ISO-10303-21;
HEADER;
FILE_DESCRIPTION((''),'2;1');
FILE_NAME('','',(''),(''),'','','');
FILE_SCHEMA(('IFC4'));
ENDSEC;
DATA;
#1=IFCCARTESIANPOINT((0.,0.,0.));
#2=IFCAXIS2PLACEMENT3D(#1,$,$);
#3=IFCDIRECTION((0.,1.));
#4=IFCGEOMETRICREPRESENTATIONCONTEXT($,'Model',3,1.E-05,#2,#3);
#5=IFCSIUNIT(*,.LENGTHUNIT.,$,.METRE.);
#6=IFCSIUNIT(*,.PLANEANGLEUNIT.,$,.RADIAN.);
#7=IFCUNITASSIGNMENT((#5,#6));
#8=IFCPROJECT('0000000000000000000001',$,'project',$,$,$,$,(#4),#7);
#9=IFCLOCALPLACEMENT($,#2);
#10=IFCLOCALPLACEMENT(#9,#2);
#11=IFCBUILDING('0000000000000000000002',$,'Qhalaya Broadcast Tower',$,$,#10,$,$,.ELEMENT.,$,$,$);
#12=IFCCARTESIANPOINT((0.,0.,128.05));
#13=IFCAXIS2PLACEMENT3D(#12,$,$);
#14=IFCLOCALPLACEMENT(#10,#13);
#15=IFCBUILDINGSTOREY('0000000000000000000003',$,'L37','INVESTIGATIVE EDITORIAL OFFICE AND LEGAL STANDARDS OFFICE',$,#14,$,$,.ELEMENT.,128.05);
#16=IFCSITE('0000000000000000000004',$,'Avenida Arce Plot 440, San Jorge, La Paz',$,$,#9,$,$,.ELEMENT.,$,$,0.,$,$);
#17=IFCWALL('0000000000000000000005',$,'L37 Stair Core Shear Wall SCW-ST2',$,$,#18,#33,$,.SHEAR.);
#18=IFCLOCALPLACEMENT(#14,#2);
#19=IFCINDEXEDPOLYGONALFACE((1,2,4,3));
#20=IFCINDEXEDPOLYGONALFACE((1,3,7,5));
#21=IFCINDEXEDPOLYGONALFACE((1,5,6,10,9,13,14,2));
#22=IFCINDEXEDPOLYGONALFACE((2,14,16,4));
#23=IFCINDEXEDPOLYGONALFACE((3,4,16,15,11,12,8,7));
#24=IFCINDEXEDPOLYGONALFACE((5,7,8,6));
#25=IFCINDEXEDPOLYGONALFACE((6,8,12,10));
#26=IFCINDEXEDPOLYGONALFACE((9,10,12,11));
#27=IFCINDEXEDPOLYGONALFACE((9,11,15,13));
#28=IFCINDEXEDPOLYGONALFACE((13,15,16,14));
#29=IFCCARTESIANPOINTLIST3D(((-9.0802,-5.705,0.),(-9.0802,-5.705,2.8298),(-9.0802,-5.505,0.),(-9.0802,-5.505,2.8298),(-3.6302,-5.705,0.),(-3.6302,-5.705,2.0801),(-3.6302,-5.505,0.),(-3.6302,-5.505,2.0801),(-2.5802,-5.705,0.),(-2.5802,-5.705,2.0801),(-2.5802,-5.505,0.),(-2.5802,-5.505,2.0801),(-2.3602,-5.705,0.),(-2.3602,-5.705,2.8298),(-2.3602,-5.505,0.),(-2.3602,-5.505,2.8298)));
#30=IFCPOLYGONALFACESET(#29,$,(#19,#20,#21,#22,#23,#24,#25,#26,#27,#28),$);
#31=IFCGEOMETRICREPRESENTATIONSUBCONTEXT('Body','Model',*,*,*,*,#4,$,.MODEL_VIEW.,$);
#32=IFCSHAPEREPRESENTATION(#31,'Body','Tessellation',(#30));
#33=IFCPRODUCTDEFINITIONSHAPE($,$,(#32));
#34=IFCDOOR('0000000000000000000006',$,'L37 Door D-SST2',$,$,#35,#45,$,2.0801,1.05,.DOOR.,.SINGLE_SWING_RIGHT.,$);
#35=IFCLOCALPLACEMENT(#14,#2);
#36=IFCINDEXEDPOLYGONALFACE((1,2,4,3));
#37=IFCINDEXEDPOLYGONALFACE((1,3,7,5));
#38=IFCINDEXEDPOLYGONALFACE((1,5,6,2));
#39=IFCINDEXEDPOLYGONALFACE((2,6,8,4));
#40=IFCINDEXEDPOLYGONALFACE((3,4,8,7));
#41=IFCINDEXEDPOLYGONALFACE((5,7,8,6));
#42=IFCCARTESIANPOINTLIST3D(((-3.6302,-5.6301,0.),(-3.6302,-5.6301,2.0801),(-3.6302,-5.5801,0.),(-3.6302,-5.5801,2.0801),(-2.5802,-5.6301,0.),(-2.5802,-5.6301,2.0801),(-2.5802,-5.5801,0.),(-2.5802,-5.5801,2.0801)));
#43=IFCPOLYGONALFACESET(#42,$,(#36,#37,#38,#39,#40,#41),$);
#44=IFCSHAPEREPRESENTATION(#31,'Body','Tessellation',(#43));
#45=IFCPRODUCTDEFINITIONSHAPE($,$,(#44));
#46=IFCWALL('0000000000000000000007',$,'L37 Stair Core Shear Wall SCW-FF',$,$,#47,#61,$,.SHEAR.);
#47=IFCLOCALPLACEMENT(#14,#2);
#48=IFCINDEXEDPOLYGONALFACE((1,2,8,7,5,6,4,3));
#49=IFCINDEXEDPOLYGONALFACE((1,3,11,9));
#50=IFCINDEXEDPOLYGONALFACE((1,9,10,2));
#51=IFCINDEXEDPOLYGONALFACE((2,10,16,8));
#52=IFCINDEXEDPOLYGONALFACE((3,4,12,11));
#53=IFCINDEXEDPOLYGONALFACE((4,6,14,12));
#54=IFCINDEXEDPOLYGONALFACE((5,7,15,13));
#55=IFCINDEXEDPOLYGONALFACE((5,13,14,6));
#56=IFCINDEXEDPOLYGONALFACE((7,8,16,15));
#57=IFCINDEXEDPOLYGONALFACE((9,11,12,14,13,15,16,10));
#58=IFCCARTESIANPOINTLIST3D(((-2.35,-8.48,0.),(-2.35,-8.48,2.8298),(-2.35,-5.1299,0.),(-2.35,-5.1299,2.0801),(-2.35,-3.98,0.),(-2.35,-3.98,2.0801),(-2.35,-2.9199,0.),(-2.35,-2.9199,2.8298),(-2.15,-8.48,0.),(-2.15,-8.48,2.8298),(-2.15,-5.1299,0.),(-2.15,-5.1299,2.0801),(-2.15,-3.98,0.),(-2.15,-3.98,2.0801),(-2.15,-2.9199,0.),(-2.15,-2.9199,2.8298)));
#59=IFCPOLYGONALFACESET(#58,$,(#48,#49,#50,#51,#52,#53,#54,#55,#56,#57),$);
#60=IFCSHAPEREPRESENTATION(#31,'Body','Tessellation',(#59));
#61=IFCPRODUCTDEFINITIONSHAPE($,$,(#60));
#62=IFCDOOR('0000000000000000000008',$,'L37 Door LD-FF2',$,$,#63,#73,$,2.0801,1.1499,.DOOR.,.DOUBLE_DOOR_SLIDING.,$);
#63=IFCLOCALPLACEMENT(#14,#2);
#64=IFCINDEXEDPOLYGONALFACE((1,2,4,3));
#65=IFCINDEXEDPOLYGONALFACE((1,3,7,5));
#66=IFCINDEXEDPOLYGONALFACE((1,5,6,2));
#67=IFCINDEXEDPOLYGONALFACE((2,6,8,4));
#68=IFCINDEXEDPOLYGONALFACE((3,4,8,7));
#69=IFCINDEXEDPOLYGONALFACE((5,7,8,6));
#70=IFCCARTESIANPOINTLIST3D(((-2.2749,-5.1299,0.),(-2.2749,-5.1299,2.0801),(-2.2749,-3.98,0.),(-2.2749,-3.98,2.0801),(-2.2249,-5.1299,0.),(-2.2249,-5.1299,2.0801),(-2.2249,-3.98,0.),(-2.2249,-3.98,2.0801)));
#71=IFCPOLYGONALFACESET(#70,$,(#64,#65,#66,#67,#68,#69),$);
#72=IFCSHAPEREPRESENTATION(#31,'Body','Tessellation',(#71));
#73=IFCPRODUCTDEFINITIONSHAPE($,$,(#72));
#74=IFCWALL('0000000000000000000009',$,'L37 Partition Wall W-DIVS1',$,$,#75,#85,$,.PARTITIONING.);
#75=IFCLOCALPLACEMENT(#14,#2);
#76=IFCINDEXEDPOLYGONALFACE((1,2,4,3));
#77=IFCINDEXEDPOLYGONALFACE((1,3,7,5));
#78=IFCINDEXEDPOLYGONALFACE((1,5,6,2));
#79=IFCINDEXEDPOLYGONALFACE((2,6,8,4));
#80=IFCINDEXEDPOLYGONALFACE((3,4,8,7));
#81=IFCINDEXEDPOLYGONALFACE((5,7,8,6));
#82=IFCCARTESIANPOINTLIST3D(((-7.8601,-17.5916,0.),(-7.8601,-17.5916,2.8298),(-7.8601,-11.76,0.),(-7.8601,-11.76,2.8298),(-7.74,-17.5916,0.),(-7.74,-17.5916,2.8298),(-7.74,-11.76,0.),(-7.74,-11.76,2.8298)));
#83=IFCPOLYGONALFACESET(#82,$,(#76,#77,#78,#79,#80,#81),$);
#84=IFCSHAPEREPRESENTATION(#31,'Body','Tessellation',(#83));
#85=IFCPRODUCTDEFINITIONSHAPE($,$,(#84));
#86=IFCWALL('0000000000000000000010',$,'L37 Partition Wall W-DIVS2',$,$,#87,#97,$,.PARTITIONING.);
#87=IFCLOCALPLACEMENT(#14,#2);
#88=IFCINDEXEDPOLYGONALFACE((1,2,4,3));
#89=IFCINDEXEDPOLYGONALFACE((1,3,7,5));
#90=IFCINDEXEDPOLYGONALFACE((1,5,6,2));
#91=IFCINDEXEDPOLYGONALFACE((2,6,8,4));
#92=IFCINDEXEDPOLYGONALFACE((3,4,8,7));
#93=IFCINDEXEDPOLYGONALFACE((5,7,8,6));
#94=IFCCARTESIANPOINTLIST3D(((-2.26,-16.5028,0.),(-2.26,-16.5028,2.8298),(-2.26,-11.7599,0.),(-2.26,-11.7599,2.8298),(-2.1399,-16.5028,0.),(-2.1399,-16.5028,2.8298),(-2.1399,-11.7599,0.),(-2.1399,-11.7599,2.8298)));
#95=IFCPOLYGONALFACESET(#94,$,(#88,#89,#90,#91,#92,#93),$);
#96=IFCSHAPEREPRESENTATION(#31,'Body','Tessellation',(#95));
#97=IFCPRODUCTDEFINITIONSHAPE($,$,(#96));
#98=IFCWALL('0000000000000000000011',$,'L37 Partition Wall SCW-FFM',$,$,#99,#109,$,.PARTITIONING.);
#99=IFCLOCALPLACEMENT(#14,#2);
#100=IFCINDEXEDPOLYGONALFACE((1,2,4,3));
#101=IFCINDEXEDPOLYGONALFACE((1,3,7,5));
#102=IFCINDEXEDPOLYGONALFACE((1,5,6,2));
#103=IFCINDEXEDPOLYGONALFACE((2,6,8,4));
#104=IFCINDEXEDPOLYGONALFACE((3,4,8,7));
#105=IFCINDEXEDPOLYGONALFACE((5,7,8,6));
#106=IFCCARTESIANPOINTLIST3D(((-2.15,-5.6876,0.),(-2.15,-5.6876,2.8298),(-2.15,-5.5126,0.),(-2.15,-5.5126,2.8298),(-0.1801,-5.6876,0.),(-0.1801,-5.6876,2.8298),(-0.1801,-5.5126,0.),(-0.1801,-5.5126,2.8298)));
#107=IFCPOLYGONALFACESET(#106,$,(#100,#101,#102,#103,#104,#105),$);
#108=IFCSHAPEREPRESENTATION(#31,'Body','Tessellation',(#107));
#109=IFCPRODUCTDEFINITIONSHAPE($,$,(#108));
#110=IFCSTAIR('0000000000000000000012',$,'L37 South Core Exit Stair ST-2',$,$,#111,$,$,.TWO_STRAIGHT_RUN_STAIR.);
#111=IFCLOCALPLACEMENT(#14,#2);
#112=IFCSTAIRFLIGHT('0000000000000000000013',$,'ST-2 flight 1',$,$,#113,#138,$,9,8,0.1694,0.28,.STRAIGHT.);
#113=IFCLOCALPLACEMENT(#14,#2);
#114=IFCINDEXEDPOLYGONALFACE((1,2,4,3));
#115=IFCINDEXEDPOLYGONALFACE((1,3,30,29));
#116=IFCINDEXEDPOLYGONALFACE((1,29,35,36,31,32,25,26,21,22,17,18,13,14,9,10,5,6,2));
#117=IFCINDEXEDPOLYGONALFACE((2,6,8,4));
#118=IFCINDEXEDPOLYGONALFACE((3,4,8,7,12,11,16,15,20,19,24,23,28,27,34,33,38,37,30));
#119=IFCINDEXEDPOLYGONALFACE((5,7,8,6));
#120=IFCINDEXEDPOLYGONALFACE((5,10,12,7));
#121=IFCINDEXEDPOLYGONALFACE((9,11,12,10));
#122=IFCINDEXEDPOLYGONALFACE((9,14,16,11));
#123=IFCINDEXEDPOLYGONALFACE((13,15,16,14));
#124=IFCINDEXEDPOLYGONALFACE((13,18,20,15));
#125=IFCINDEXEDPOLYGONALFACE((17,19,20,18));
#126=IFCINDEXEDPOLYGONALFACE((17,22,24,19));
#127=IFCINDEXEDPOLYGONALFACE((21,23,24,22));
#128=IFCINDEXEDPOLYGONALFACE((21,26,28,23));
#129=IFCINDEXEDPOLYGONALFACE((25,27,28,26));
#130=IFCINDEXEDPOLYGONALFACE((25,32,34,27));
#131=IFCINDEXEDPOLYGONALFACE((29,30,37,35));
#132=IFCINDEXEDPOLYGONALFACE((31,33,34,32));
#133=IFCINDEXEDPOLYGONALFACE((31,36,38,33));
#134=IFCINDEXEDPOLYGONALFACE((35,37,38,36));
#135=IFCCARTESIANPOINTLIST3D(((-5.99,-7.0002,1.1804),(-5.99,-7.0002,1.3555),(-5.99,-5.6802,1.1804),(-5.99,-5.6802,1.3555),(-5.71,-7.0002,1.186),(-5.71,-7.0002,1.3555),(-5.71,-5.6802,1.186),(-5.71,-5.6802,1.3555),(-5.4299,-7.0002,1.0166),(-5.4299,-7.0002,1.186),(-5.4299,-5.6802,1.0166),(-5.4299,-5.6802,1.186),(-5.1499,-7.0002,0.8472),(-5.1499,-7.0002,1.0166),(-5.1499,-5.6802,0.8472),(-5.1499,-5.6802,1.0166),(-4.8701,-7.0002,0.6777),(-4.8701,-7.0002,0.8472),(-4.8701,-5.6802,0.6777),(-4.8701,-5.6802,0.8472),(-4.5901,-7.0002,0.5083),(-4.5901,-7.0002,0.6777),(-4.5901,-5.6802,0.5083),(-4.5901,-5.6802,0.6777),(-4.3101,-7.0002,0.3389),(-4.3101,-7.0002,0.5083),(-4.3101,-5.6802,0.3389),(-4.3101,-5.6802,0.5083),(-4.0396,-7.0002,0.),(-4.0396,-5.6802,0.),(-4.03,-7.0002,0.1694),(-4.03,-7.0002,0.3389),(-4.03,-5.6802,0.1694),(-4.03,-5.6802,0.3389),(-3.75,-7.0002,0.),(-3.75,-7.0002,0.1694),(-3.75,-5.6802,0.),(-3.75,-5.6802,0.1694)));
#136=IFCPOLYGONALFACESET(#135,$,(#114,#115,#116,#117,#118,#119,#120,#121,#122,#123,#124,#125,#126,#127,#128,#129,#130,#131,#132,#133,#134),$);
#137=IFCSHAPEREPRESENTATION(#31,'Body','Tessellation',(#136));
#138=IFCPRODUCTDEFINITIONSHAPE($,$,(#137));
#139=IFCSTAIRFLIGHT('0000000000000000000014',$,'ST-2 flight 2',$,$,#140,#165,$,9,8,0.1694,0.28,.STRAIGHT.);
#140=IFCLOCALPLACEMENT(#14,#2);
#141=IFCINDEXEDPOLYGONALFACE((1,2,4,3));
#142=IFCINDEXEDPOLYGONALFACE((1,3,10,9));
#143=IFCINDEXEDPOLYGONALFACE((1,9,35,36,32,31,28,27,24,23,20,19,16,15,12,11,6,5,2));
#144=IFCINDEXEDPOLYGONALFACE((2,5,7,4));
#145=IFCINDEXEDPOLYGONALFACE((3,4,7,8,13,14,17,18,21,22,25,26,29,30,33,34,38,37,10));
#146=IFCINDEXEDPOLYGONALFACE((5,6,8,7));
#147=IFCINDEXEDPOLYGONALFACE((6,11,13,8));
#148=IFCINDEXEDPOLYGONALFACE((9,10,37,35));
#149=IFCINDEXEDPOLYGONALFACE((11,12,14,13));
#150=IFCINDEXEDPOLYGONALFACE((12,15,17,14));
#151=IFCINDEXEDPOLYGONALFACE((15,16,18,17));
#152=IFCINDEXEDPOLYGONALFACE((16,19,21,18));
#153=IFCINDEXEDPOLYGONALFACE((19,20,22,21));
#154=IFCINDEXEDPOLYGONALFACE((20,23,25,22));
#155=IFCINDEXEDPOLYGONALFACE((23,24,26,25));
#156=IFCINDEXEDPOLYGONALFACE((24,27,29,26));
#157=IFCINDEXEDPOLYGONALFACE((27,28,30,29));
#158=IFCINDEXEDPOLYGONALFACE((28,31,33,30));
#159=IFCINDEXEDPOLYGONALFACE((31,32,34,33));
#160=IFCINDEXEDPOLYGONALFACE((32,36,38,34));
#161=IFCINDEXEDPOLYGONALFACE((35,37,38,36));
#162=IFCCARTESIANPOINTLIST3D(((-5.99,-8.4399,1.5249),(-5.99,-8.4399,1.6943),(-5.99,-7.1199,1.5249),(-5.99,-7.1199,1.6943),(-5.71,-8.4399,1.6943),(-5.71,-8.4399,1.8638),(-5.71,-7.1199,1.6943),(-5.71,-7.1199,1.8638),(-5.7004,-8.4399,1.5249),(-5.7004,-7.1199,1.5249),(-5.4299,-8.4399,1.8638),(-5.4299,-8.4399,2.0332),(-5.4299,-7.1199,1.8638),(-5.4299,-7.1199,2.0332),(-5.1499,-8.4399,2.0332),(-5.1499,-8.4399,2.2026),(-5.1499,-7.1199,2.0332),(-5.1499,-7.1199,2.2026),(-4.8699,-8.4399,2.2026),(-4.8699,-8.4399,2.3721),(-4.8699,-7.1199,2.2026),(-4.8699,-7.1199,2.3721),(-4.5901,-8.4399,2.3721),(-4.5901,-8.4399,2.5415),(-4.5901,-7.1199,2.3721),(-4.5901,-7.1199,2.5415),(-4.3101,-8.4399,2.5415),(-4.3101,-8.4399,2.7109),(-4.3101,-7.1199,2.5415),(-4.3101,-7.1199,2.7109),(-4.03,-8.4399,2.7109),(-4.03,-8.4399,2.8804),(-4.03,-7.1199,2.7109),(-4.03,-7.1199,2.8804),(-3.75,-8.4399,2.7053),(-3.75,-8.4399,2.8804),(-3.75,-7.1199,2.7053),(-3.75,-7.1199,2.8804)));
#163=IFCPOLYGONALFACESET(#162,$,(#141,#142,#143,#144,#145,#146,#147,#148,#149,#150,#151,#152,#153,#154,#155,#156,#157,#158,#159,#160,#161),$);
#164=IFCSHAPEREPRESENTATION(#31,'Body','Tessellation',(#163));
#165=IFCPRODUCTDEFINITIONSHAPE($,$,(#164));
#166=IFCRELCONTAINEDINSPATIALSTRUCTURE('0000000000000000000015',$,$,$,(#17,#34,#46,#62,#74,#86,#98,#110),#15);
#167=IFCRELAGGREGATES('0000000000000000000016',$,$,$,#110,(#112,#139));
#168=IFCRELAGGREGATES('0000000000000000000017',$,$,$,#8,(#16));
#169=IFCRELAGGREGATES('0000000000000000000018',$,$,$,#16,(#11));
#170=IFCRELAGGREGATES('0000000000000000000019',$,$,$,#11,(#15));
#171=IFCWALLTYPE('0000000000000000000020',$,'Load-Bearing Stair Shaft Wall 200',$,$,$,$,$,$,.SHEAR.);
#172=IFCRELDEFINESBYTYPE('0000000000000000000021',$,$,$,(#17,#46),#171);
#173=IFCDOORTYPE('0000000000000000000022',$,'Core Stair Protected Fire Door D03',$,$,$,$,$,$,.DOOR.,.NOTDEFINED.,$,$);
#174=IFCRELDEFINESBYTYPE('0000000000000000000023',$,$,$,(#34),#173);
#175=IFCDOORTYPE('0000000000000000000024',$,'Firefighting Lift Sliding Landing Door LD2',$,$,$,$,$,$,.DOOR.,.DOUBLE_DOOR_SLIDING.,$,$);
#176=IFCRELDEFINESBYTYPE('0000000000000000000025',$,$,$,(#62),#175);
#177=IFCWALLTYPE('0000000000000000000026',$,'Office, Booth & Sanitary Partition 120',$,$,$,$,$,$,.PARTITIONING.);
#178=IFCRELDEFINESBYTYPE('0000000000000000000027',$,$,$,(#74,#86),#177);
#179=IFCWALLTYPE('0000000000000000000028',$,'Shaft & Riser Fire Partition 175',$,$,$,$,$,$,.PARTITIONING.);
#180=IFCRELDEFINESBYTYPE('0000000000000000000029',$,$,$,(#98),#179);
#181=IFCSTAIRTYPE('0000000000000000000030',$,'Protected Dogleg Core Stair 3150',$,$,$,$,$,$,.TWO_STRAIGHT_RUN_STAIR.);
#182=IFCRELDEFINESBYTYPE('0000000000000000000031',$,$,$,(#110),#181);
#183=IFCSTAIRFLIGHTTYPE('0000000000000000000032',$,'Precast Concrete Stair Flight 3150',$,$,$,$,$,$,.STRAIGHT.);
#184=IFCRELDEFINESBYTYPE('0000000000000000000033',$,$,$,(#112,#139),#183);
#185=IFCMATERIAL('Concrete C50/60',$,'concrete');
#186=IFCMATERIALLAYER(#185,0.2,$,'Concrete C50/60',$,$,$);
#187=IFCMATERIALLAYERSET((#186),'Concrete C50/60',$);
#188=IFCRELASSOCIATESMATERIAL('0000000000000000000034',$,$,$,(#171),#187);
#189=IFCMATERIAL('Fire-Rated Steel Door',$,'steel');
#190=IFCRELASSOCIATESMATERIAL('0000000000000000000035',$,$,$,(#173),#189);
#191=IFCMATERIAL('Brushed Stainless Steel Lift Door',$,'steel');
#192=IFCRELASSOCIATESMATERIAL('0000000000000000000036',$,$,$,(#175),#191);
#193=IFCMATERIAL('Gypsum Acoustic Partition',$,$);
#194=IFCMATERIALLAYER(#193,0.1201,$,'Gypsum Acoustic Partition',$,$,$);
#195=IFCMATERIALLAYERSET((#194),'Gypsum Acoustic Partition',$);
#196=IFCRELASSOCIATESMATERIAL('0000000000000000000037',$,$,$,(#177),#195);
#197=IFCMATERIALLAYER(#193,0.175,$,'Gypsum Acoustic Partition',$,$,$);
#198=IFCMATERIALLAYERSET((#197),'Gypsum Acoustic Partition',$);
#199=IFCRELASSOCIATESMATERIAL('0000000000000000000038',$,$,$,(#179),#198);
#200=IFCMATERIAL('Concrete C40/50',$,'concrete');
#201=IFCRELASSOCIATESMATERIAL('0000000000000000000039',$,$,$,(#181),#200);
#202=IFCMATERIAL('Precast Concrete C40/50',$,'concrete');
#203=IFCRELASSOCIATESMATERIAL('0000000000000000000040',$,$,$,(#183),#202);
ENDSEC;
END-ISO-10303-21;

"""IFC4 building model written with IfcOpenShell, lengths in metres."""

from ifc_helpers import new_model, si_unit, direction, frame, frame_2d, origin, place, context, subcontext, project, spatial, polyline, rectangle, outline, extrude, material, layer, layer_set, type_object, element, fill, aggregate, save


model = new_model("IFC4")

# Units and contexts
model_context = context("Model", 3, precision=1e-05, world=origin(), true_north=direction((0.0, 1.0)))
body_context = subcontext(model_context, "Body", "Model", "MODEL_VIEW")
ifc_project = project(units=[si_unit("LENGTHUNIT", "METRE"), si_unit("PLANEANGLEUNIT", "RADIAN")], contexts=[model_context])

# Site, building, storey
site_placement = place(None, origin())
site = spatial("IfcSite", under=ifc_project, at=site_placement, Name="Avenida Arce Plot 440, San Jorge, La Paz", CompositionType="ELEMENT", RefElevation=0.0)
building_placement = place(site_placement, origin())
building = spatial("IfcBuilding", under=site, at=building_placement, Name="Qhalaya Broadcast Tower", CompositionType="ELEMENT")
storey_placement = place(building_placement, frame((0.0, 0.0, 128.05)))
storey = spatial("IfcBuildingStorey", under=building, at=storey_placement, Name="L37", Description="INVESTIGATIVE EDITORIAL OFFICE AND LEGAL STANDARDS OFFICE", CompositionType="ELEMENT", Elevation=128.05)

# Shared definitions
ifc_material_1 = material(Name="Concrete C50/60", Category="concrete")

# Shared definitions
ifc_material_2 = material(Name="Gypsum Acoustic Partition")

# Shared definitions
ifc_material_3 = material(Name="Precast Concrete C40/50", Category="concrete")

# Walls, openings, doors
ifc_layer_1 = layer(ifc_material_1, 0.2, Name="Concrete C50/60")
ifc_layer_set_1 = layer_set([ifc_layer_1], Name="Concrete C50/60")
wall_type_1 = type_object("IfcWallType", Name="Load-Bearing Stair Shaft Wall 200", PredefinedType="SHEAR", material=ifc_layer_set_1)
wall_1_placement = place(storey_placement, frame((-9.0801, -5.605, 0.0), z_axis=(0.0, 0.0, 1.0), x_axis=(1.0, 0.0, 0.0)))
wall_1 = element("IfcWall", 1, at=wall_1_placement, inside=storey, type_object=wall_type_1, Name="L37 Stair Core Shear Wall SCW-ST2", PredefinedType="SHEAR", context=body_context, shape_type="SweptSolid", body=[
    extrude(rectangle(XDim=6.72, YDim=0.2, at=frame_2d((3.3599, 0.0))), origin(), (0.0, 0.0, 1.0), 2.8298),
])
opening_1_placement = place(wall_1_placement, frame((5.45, 0.0, 0.0)))
opening_1 = element("IfcOpeningElement", 2, at=opening_1_placement, cuts=wall_1, PredefinedType="OPENING", context=body_context, shape_type="SweptSolid", body=[
    extrude(rectangle(XDim=1.05, YDim=2.0801, at=frame_2d((0.5249, 1.04))), frame((0.0, 0.1121, 0.0), z_axis=(0.0, -1.0, 0.0), x_axis=(1.0, 0.0, 0.0)), (0.0, 0.0, 1.0), 0.2239),
])
ifc_material_4 = material(Name="Fire-Rated Steel Door", Category="steel")
door_type_1 = type_object("IfcDoorType", Name="Core Stair Protected Fire Door D03", OperationType="NOTDEFINED", PredefinedType="DOOR", material=ifc_material_4)
door_1_placement = place(opening_1_placement, origin())
door_1 = element("IfcDoor", 3, at=door_1_placement, inside=storey, type_object=door_type_1, Name="L37 Door D-SST2", OperationType="SINGLE_SWING_RIGHT", OverallHeight=2.0801, OverallWidth=1.05, PredefinedType="DOOR", context=body_context, shape_type="SweptSolid", body=[
    extrude(rectangle(XDim=1.05, YDim=2.0801, at=frame_2d((0.5249, 1.04))), frame((0.0, 0.0249, 0.0), z_axis=(0.0, -1.0, 0.0), x_axis=(1.0, 0.0, 0.0)), (0.0, 0.0, 1.0), 0.05),
])
fill(opening_1, door_1)
wall_2_placement = place(storey_placement, frame((-2.25, -8.48, 0.0), z_axis=(0.0, 0.0, 1.0), x_axis=(0.0, 1.0, 0.0)))
wall_2 = element("IfcWall", 4, at=wall_2_placement, inside=storey, type_object=wall_type_1, Name="L37 Stair Core Shear Wall SCW-FF", PredefinedType="SHEAR", context=body_context, shape_type="SweptSolid", body=[
    extrude(rectangle(XDim=5.5601, YDim=0.2, at=frame_2d((2.78, 0.0))), origin(), (0.0, 0.0, 1.0), 2.8298),
])
opening_2_placement = place(wall_2_placement, frame((3.3501, 0.0, 0.0)))
opening_2 = element("IfcOpeningElement", 5, at=opening_2_placement, cuts=wall_2, PredefinedType="OPENING", context=body_context, shape_type="SweptSolid", body=[
    extrude(rectangle(XDim=1.1499, YDim=2.0801, at=frame_2d((0.575, 1.04))), frame((0.0, 0.1121, 0.0), z_axis=(0.0, -1.0, 0.0), x_axis=(1.0, 0.0, 0.0)), (0.0, 0.0, 1.0), 0.2239),
])
ifc_material_5 = material(Name="Brushed Stainless Steel Lift Door", Category="steel")
door_type_2 = type_object("IfcDoorType", Name="Firefighting Lift Sliding Landing Door LD2", OperationType="DOUBLE_DOOR_SLIDING", PredefinedType="DOOR", material=ifc_material_5)
door_2_placement = place(opening_2_placement, origin())
door_2 = element("IfcDoor", 6, at=door_2_placement, inside=storey, type_object=door_type_2, Name="L37 Door LD-FF2", OperationType="DOUBLE_DOOR_SLIDING", OverallHeight=2.0801, OverallWidth=1.1499, PredefinedType="DOOR", context=body_context, shape_type="SweptSolid", body=[
    extrude(rectangle(XDim=1.1499, YDim=2.0801, at=frame_2d((0.575, 1.04))), frame((0.0, 0.0249, 0.0), z_axis=(0.0, -1.0, 0.0), x_axis=(1.0, 0.0, 0.0)), (0.0, 0.0, 1.0), 0.05),
])
fill(opening_2, door_2)

# Walls
ifc_layer_2 = layer(ifc_material_2, 0.1201, Name="Gypsum Acoustic Partition")
ifc_layer_set_2 = layer_set([ifc_layer_2], Name="Gypsum Acoustic Partition")
wall_type_2 = type_object("IfcWallType", Name="Office, Booth & Sanitary Partition 120", PredefinedType="PARTITIONING", material=ifc_layer_set_2)
wall_3_placement = place(storey_placement, frame((-7.8, -17.5916, 0.0), z_axis=(0.0, 0.0, 1.0), x_axis=(0.0, 1.0, 0.0)))
element("IfcWall", 7, at=wall_3_placement, inside=storey, type_object=wall_type_2, Name="L37 Partition Wall W-DIVS1", PredefinedType="PARTITIONING", context=body_context, shape_type="SweptSolid", body=[
    extrude(rectangle(XDim=5.8315, YDim=0.1201, at=frame_2d((2.9158, 0.0))), origin(), (0.0, 0.0, 1.0), 2.8298),
])
wall_4_placement = place(storey_placement, frame((-2.2, -16.5029, 0.0), z_axis=(0.0, 0.0, 1.0), x_axis=(0.0, 1.0, 0.0)))
element("IfcWall", 8, at=wall_4_placement, inside=storey, type_object=wall_type_2, Name="L37 Partition Wall W-DIVS2", PredefinedType="PARTITIONING", context=body_context, shape_type="SweptSolid", body=[
    extrude(rectangle(XDim=4.7429, YDim=0.1201, at=frame_2d((2.3716, 0.0))), origin(), (0.0, 0.0, 1.0), 2.8298),
])
ifc_layer_3 = layer(ifc_material_2, 0.175, Name="Gypsum Acoustic Partition")
ifc_layer_set_3 = layer_set([ifc_layer_3], Name="Gypsum Acoustic Partition")
wall_type_3 = type_object("IfcWallType", Name="Shaft & Riser Fire Partition 175", PredefinedType="PARTITIONING", material=ifc_layer_set_3)
wall_5_placement = place(storey_placement, frame((-2.1499, -5.6001, 0.0), z_axis=(0.0, 0.0, 1.0), x_axis=(1.0, 0.0, 0.0)))
element("IfcWall", 9, at=wall_5_placement, inside=storey, type_object=wall_type_3, Name="L37 Partition Wall SCW-FFM", PredefinedType="PARTITIONING", context=body_context, shape_type="SweptSolid", body=[
    extrude(rectangle(XDim=1.97, YDim=0.175, at=frame_2d((0.9849, 0.0))), origin(), (0.0, 0.0, 1.0), 2.8298),
])

# Stair, stair flights
ifc_material_6 = material(Name="Concrete C40/50", Category="concrete")
stair_type = type_object("IfcStairType", Name="Protected Dogleg Core Stair 3150", PredefinedType="TWO_STRAIGHT_RUN_STAIR", material=ifc_material_6)
stair_placement = place(storey_placement, origin())
stair = element("IfcStair", 10, at=stair_placement, inside=storey, type_object=stair_type, Name="L37 South Core Exit Stair ST-2", PredefinedType="TWO_STRAIGHT_RUN_STAIR")
stair_flight_type = type_object("IfcStairFlightType", Name="Precast Concrete Stair Flight 3150", PredefinedType="STRAIGHT", material=ifc_material_3)
stair_flight_1_placement = place(storey_placement, frame((-3.75, -6.3401, 0.0), z_axis=(0.0, 0.0, 1.0), x_axis=(-1.0, 0.0, 0.0)))
stair_flight_1 = element("IfcStairFlight", 11, at=stair_flight_1_placement, type_object=stair_flight_type, Name="ST-2 flight 1", NumberOfRisers=9, NumberOfTreads=8, PredefinedType="STRAIGHT", RiserHeight=0.1694, TreadLength=0.28, context=body_context, shape_type="SweptSolid", body=[
    extrude(outline(polyline([(0.0, 0.0), (0.0, 0.1694), (0.28, 0.1694), (0.28, 0.3389), (0.5601, 0.3389), (0.5601, 0.5083), (0.8401, 0.5083), (0.8401, 0.6777), (1.1201, 0.6777), (1.1201, 0.8472), (1.3999, 0.8472), (1.3999, 1.0166), (1.6799, 1.0166), (1.6799, 1.186), (1.96, 1.186), (1.96, 1.3555), (2.24, 1.3555), (2.24, 1.5249), (2.24, 1.1804), (0.2896, 0.0), (0.0, 0.0)])), frame((0.0, 0.6602, 0.0), z_axis=(0.0, -1.0, 0.0), x_axis=(1.0, 0.0, 0.0)), (0.0, 0.0, 1.0), 1.3201),
])
stair_flight_2_placement = place(storey_placement, frame((-5.99, -7.78, 1.5249), z_axis=(0.0, 0.0, 1.0), x_axis=(1.0, 0.0, 0.0)))
stair_flight_2 = element("IfcStairFlight", 12, at=stair_flight_2_placement, type_object=stair_flight_type, Name="ST-2 flight 2", NumberOfRisers=9, NumberOfTreads=8, PredefinedType="STRAIGHT", RiserHeight=0.1694, TreadLength=0.28, context=body_context, shape_type="SweptSolid", body=[
    extrude(outline(polyline([(0.0, 0.0), (0.0, 0.1694), (0.28, 0.1694), (0.28, 0.3389), (0.5601, 0.3389), (0.5601, 0.5083), (0.8401, 0.5083), (0.8401, 0.6777), (1.1201, 0.6777), (1.1201, 0.8472), (1.3999, 0.8472), (1.3999, 1.0166), (1.6799, 1.0166), (1.6799, 1.186), (1.96, 1.186), (1.96, 1.3555), (2.24, 1.3555), (2.24, 1.5249), (2.24, 1.1804), (0.2896, 0.0), (0.0, 0.0)])), frame((0.0, 0.6602, 0.0), z_axis=(0.0, -1.0, 0.0), x_axis=(1.0, 0.0, 0.0)), (0.0, 0.0, 1.0), 1.3201),
])
aggregate(stair, [stair_flight_1, stair_flight_2])

save(model, "model.ifc")
